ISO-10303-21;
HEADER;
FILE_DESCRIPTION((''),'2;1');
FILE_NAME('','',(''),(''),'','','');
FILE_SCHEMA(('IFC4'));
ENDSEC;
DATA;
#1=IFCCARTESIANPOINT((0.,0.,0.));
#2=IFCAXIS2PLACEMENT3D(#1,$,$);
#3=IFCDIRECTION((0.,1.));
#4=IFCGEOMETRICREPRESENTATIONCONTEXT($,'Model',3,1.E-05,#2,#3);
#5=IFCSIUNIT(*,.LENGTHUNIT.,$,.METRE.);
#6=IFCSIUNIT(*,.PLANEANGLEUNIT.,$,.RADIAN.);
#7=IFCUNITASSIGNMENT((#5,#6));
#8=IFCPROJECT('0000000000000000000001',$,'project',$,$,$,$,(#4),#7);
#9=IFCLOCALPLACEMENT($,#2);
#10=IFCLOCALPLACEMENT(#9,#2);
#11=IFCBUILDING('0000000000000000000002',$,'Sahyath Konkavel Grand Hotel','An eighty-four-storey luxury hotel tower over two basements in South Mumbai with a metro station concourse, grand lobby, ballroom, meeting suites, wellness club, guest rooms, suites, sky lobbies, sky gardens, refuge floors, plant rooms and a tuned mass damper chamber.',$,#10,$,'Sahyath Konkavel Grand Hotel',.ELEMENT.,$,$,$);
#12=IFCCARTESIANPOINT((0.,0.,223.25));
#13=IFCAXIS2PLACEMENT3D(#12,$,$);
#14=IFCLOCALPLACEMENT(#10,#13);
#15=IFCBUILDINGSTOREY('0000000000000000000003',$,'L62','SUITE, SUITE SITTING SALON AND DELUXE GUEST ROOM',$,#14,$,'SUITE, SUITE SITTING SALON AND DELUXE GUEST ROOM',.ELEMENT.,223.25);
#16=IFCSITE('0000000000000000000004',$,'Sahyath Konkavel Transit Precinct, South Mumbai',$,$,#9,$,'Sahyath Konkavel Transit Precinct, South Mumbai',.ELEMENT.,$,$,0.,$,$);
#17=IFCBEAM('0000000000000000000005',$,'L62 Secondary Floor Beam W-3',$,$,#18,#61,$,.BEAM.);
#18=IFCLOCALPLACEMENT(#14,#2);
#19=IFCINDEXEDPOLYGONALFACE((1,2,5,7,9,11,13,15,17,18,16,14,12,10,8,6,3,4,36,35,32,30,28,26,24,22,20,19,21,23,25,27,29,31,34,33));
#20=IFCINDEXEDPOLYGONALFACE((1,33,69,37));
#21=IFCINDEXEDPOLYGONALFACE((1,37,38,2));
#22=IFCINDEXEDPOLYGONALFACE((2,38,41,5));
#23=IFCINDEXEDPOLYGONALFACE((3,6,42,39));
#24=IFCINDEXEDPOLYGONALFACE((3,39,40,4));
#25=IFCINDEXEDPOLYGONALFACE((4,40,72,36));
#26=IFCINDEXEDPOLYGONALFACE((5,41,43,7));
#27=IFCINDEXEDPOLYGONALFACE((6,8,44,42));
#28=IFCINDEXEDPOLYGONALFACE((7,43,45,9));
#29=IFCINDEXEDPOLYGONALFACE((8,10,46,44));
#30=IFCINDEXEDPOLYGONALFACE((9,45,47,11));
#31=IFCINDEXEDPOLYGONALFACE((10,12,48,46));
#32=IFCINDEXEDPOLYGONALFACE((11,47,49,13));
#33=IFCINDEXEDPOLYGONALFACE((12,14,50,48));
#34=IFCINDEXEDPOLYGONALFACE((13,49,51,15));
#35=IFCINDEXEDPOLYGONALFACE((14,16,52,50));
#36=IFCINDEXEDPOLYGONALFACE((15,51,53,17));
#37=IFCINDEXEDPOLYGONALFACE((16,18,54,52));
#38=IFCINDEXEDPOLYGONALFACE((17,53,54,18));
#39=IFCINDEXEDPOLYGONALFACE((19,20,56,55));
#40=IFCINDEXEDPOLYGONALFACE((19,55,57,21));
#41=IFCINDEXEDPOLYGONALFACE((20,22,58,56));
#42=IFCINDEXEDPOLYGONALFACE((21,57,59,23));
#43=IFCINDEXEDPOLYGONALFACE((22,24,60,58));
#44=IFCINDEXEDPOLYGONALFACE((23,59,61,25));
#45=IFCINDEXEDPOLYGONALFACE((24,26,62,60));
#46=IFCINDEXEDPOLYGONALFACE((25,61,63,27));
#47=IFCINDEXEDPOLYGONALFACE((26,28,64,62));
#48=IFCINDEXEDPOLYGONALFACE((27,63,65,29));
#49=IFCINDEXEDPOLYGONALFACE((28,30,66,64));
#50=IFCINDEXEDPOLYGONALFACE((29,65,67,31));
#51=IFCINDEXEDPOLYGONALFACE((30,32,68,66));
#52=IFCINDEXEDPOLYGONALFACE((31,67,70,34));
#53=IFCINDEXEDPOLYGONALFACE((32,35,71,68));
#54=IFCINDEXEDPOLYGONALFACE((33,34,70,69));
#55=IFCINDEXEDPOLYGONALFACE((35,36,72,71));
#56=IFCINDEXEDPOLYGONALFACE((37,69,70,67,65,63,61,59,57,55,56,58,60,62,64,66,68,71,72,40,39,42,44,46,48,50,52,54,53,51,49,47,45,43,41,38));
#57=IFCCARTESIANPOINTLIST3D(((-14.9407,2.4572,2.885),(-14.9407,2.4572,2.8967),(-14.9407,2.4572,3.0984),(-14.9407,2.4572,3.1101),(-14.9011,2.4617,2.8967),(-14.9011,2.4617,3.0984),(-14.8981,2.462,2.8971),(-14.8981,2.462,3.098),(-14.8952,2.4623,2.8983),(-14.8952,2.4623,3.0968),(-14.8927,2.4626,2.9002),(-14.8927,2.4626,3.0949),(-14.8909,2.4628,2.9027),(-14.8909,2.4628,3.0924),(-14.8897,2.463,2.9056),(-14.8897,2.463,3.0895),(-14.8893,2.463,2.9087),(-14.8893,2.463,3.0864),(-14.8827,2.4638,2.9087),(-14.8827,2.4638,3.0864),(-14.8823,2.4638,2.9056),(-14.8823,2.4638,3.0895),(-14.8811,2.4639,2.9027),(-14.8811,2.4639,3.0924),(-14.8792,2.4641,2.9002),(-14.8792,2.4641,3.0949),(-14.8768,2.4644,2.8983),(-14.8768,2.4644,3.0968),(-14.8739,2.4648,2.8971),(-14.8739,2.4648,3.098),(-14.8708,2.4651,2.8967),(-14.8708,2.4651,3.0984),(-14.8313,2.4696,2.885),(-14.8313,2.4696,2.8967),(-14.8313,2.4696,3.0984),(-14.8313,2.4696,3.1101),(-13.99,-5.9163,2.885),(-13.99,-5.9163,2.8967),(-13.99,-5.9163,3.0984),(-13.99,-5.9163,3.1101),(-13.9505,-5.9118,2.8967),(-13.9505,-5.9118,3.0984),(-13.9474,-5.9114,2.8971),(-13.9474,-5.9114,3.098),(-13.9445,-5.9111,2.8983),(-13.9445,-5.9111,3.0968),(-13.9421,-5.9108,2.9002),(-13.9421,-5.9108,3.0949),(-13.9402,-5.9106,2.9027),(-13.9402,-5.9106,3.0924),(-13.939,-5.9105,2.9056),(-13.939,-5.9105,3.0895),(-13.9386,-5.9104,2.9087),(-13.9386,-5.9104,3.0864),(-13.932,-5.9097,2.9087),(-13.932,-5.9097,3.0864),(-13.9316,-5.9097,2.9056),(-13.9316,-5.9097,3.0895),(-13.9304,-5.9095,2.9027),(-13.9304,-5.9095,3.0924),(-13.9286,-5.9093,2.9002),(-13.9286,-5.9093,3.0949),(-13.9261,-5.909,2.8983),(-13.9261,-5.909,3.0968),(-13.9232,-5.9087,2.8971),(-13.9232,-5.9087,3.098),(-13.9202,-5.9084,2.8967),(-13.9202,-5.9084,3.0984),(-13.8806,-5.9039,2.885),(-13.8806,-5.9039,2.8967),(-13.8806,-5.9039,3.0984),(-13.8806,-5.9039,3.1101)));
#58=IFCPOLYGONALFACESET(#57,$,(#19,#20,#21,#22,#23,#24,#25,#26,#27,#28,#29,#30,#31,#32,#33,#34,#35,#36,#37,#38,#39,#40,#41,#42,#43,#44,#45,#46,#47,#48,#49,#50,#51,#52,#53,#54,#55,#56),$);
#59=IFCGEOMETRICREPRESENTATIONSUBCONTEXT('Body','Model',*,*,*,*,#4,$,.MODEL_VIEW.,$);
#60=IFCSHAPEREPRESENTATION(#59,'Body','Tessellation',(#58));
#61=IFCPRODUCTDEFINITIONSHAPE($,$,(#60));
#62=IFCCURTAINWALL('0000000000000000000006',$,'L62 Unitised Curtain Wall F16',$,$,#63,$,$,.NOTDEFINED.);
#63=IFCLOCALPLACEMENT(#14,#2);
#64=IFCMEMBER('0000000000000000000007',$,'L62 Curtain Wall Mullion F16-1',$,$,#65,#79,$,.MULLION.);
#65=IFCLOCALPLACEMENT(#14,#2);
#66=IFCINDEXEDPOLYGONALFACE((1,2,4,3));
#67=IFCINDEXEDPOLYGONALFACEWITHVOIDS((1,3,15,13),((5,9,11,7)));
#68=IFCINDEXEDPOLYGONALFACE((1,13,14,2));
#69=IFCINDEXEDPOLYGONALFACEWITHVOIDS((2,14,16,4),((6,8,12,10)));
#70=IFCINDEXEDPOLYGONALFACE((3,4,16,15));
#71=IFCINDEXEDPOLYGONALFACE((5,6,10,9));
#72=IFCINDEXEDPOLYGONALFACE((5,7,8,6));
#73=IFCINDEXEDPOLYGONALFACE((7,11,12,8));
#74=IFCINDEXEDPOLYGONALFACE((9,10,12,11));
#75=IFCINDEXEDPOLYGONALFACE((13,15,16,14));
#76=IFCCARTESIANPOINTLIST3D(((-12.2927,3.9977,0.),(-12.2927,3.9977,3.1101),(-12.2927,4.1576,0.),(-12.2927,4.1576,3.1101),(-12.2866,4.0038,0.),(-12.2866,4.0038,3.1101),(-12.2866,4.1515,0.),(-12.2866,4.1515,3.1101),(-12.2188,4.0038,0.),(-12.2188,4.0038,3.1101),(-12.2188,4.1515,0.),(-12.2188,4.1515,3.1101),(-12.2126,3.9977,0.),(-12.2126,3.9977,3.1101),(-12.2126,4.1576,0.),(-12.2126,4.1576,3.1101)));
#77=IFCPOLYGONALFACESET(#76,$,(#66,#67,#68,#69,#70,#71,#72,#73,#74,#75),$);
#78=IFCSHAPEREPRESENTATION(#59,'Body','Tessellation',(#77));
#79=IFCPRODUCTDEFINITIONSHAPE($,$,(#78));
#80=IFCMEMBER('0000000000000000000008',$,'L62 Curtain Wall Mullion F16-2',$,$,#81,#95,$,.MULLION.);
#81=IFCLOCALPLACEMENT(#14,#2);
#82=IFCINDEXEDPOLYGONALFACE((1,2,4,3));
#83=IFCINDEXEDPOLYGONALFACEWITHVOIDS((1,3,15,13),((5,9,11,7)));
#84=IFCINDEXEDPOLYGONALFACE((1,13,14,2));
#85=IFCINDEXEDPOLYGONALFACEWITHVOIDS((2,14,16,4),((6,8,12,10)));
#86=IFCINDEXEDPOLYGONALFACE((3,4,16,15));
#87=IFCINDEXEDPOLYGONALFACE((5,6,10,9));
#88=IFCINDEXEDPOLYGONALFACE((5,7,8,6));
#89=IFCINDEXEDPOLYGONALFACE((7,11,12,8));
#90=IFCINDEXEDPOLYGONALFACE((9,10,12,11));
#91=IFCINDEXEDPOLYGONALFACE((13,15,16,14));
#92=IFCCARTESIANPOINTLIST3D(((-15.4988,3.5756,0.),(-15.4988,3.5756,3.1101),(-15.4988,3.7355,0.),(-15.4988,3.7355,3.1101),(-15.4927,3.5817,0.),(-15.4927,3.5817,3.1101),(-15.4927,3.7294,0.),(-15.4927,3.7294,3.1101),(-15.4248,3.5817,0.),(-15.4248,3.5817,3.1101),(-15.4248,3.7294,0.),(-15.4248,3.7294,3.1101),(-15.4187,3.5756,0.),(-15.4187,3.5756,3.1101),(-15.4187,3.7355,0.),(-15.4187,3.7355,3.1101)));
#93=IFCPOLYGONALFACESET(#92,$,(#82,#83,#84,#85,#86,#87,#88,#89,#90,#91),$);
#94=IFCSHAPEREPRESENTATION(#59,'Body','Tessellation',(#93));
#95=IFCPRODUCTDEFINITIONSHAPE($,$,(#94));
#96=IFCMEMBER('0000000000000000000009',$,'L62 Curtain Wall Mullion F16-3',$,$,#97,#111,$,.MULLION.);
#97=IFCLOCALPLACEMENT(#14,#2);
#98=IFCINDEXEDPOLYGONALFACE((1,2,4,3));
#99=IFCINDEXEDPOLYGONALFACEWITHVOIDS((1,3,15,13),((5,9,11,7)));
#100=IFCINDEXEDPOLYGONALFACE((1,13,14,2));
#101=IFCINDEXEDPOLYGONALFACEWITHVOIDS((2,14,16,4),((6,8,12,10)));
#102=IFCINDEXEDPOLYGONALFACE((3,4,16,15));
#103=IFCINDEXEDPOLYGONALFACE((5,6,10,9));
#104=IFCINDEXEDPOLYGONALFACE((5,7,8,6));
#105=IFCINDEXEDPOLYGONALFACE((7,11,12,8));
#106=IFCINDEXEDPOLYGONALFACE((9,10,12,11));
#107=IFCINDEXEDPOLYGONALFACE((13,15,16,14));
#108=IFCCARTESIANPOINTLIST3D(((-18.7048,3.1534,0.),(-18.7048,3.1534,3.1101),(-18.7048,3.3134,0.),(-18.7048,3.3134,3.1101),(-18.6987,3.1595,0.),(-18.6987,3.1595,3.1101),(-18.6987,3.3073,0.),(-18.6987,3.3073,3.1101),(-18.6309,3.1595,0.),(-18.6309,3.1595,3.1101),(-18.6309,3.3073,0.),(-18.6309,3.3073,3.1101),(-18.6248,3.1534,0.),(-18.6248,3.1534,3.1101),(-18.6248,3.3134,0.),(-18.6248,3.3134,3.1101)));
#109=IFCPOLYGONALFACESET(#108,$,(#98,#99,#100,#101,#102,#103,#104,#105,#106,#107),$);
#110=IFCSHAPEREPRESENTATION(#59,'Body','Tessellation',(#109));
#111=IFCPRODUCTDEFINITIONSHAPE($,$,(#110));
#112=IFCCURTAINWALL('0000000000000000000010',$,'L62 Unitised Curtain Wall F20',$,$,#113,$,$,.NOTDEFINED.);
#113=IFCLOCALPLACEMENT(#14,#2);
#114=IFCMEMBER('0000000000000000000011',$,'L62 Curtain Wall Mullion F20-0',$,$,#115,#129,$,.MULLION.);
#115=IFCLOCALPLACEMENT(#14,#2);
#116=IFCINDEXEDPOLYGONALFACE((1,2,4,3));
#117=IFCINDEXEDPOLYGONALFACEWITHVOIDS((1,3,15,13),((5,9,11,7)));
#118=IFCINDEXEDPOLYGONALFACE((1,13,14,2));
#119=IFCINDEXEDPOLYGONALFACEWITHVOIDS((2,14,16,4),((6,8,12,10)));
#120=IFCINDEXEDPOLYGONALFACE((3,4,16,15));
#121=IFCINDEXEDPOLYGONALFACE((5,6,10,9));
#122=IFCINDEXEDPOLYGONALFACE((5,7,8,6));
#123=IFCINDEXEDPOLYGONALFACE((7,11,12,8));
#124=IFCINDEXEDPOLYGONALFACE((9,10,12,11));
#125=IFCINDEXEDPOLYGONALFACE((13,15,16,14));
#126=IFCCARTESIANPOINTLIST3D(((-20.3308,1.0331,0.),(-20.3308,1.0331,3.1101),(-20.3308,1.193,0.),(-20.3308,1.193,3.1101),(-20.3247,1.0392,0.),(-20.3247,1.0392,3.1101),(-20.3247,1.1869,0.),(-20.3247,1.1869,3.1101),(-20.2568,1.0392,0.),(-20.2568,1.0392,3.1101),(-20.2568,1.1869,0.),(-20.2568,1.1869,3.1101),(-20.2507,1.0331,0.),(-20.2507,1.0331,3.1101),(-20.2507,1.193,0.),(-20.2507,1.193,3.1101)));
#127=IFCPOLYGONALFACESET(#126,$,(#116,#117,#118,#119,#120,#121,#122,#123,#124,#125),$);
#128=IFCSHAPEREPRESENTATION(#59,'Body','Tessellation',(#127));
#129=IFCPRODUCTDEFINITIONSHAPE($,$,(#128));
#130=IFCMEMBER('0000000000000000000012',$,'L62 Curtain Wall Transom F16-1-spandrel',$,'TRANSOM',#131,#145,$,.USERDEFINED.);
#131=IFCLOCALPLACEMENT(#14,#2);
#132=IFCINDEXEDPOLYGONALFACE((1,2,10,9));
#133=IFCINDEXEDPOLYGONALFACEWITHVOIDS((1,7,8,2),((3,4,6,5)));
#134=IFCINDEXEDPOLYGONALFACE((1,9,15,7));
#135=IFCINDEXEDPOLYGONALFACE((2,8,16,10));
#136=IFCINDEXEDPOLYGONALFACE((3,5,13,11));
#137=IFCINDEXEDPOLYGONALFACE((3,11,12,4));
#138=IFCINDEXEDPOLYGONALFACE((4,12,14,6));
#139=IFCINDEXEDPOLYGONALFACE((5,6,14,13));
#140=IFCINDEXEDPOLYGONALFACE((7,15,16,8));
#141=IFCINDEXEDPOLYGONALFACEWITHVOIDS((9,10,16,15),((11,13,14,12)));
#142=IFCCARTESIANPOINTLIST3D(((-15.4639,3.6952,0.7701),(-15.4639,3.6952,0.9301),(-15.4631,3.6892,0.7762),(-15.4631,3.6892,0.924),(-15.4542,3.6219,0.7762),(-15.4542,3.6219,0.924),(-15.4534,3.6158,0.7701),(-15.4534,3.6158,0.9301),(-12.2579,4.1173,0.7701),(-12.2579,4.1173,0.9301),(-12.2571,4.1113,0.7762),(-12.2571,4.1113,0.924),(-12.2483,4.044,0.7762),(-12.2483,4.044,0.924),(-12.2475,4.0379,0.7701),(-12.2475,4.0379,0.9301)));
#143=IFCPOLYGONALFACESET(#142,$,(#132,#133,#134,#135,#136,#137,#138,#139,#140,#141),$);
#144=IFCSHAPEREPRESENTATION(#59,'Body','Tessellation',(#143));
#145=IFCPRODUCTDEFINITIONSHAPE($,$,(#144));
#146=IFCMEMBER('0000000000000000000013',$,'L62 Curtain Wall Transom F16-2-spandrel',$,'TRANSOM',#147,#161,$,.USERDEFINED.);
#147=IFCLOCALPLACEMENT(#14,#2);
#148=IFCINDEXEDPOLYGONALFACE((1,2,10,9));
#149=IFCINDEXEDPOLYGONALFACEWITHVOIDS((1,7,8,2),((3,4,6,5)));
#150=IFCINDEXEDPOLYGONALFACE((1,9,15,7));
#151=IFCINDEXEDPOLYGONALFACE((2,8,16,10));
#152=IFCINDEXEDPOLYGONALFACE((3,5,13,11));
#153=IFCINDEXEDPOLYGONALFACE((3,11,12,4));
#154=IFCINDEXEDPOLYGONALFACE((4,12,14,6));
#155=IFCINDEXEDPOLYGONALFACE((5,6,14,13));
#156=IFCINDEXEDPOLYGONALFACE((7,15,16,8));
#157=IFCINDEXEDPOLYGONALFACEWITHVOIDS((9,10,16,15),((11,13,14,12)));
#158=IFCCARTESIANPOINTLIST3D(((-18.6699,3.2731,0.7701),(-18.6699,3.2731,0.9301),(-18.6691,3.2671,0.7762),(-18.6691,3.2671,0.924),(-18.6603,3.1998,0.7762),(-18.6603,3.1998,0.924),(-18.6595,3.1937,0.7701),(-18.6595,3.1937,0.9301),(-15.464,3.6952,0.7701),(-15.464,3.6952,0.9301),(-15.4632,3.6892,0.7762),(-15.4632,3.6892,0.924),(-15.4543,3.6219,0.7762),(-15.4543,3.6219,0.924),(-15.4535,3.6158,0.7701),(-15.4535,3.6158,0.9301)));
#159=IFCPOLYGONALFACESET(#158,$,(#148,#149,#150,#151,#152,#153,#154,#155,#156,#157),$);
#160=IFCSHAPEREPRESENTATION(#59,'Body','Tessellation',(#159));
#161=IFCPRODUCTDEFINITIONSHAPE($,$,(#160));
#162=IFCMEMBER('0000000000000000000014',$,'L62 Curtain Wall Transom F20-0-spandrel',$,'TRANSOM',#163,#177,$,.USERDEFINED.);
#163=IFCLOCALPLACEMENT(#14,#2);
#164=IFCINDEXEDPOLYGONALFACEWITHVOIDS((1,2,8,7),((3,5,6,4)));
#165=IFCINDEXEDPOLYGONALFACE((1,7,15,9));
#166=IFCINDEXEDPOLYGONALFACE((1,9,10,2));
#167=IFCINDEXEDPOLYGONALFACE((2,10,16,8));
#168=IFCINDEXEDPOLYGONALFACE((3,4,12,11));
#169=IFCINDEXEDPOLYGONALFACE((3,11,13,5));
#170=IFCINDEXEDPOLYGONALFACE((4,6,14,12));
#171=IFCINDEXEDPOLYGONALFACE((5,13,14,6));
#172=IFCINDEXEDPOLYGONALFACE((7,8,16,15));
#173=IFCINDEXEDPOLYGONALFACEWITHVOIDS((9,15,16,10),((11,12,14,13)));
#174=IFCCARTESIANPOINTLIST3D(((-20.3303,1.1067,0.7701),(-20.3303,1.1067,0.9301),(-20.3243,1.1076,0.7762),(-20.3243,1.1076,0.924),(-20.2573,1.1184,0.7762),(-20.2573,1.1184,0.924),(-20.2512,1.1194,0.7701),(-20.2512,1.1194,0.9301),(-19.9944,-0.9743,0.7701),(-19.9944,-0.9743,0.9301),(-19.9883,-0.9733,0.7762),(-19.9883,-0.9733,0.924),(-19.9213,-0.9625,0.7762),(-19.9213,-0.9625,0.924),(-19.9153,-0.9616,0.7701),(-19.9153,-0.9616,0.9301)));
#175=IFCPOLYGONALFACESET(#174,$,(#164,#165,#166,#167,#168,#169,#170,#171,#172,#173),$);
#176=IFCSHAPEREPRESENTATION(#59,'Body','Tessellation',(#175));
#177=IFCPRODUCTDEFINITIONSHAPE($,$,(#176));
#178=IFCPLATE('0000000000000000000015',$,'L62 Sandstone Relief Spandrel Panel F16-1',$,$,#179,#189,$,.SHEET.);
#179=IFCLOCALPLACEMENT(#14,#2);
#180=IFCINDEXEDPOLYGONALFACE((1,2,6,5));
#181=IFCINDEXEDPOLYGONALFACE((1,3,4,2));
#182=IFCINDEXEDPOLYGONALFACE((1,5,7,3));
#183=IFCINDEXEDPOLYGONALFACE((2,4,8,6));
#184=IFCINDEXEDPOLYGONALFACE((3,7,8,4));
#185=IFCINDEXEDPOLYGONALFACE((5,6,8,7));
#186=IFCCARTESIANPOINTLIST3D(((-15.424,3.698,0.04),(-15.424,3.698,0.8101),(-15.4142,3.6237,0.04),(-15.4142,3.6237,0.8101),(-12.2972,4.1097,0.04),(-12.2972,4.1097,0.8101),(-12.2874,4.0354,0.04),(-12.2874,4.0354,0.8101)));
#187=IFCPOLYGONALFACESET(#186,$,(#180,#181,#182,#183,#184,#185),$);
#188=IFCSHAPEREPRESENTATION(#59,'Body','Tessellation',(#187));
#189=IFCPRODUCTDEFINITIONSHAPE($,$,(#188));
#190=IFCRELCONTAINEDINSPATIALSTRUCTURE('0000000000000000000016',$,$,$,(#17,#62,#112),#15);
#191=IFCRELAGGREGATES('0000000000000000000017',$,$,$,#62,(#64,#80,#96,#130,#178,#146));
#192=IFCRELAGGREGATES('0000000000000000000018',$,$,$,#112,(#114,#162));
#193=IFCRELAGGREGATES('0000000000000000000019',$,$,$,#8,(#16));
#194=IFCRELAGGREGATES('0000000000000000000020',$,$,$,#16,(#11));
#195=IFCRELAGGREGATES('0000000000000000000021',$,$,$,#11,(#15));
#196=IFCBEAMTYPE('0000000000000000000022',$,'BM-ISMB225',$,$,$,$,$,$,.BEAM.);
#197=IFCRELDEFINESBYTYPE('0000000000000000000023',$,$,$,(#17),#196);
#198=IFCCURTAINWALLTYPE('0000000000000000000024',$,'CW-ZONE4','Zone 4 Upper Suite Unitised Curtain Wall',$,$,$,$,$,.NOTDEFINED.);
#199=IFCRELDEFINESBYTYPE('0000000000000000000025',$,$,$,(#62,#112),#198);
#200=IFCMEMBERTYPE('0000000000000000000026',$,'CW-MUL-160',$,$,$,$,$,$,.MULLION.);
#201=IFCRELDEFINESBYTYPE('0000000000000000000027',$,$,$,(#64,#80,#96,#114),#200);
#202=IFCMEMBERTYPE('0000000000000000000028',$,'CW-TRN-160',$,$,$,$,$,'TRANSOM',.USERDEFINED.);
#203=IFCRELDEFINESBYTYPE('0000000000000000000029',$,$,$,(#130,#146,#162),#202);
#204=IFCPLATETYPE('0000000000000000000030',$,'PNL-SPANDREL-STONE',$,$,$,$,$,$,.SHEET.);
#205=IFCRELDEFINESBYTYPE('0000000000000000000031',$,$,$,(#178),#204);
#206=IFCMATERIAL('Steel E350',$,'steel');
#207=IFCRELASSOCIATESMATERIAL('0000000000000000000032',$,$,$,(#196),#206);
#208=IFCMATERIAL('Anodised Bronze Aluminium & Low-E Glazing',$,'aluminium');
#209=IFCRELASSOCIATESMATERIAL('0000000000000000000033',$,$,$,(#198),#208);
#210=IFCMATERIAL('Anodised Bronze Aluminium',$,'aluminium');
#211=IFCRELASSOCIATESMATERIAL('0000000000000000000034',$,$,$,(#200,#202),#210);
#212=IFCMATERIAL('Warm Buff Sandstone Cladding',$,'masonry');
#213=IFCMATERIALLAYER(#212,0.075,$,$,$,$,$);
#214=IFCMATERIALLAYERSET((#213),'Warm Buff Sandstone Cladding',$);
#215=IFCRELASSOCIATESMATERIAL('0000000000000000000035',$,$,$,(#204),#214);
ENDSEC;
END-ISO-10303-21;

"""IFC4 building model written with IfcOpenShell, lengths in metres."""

from ifc_helpers import new_model, si_unit, direction, frame, origin, origin_2d, place, context, subcontext, project, spatial, rectangle, hollow_rectangle, i_section, extrude, source, transform, mapped, material, layer, layer_set, material_profile, profile_set, type_object, element, aggregate, save


model = new_model("IFC4")

# Units and contexts
model_context = context("Model", 3, precision=1e-05, world=origin(), true_north=direction((0.0, 1.0)))
body_context = subcontext(model_context, "Body", "Model", "MODEL_VIEW")
ifc_project = project(units=[si_unit("LENGTHUNIT", "METRE"), si_unit("PLANEANGLEUNIT", "RADIAN")], contexts=[model_context])

# Site, building, storey
site_placement = place(None, origin())
site = spatial("IfcSite", under=ifc_project, at=site_placement, Name="Sahyath Konkavel Transit Precinct, South Mumbai", LongName="Sahyath Konkavel Transit Precinct, South Mumbai", CompositionType="ELEMENT", RefElevation=0.0)
building_placement = place(site_placement, origin())
building = spatial("IfcBuilding", under=site, at=building_placement, Name="Sahyath Konkavel Grand Hotel", Description="An eighty-four-storey luxury hotel tower over two basements in South Mumbai with a metro station concourse, grand lobby, ballroom, meeting suites, wellness club, guest rooms, suites, sky lobbies, sky gardens, refuge floors, plant rooms and a tuned mass damper chamber.", LongName="Sahyath Konkavel Grand Hotel", CompositionType="ELEMENT")
storey_placement = place(building_placement, frame((0.0, 0.0, 223.25)))
storey = spatial("IfcBuildingStorey", under=building, at=storey_placement, Name="L62", Description="SUITE, SUITE SITTING SALON AND DELUXE GUEST ROOM", LongName="SUITE, SUITE SITTING SALON AND DELUXE GUEST ROOM", CompositionType="ELEMENT", Elevation=223.25)

# Beam
ifc_material_1 = material(Name="Steel E350", Category="steel")
ifc_material_profile_1 = material_profile(ifc_material_1, i_section(OverallWidth=0.1101, OverallDepth=0.2251, WebThickness=0.0066, FlangeThickness=0.0117, FilletRadius=0.012, at=origin_2d()), Name="ISMB 225")
ifc_profile_set_1 = profile_set([ifc_material_profile_1], Name="Steel E350")
beam_type_1 = type_object("IfcBeamType", Name="BM-ISMB225", PredefinedType="BEAM", material=ifc_profile_set_1)
shared_shape_1 = source(origin(), body_context, "Body", "SweptSolid", [
    extrude(i_section(OverallWidth=0.1101, OverallDepth=0.2251, WebThickness=0.0066, FlangeThickness=0.0117, FilletRadius=0.012, at=origin_2d()), origin(), (0.0, 0.0, 1.0), 8.4272),
])
beam_1_placement = place(storey_placement, frame((-14.886, 2.4634, 2.9976), z_axis=(0.11281, -0.993617, 0.0), x_axis=(0.993617, 0.11281, 0.0)))
element("IfcBeam", 1, at=beam_1_placement, inside=storey, type_object=beam_type_1, Name="L62 Secondary Floor Beam W-3", PredefinedType="BEAM", context=body_context, shape_type="MappedRepresentation", body=[
    mapped(shared_shape_1, transform((0.0, 0.0, 0.0), scale=1.0)),
])

# Curtain wall, members
ifc_material_2 = material(Name="Anodised Bronze Aluminium & Low-E Glazing", Category="aluminium")
curtain_wall_type = type_object("IfcCurtainWallType", Name="CW-ZONE4", Description="Zone 4 Upper Suite Unitised Curtain Wall", PredefinedType="NOTDEFINED", material=ifc_material_2)
curtain_wall_1_placement = place(storey_placement, origin())
curtain_wall_1 = element("IfcCurtainWall", 2, at=curtain_wall_1_placement, inside=storey, type_object=curtain_wall_type, Name="L62 Unitised Curtain Wall F16", PredefinedType="NOTDEFINED")
ifc_material_3 = material(Name="Anodised Bronze Aluminium", Category="aluminium")
ifc_material_profile_2 = material_profile(ifc_material_3, hollow_rectangle(XDim=0.0801, YDim=0.1599, WallThickness=0.0061, at=origin_2d()), Name="RHS 160x80x6")
ifc_profile_set_2 = profile_set([ifc_material_profile_2], Name="Anodised Bronze Aluminium")
member_type_1 = type_object("IfcMemberType", Name="CW-MUL-160", PredefinedType="MULLION", material=ifc_profile_set_2)
shared_shape_2 = source(origin(), body_context, "Body", "SweptSolid", [
    extrude(hollow_rectangle(XDim=0.0801, YDim=0.1599, WallThickness=0.0061, at=origin_2d()), origin(), (0.0, 0.0, 1.0), 3.1101),
])
member_1_placement = place(storey_placement, frame((-12.2527, 4.0776, 0.0), z_axis=(0.0, 0.0, 1.0), x_axis=(1.0, 0.0, 0.0)))
member_1 = element("IfcMember", 3, at=member_1_placement, type_object=member_type_1, Name="L62 Curtain Wall Mullion F16-1", PredefinedType="MULLION", context=body_context, shape_type="MappedRepresentation", body=[
    mapped(shared_shape_2, transform((0.0, 0.0, 0.0), scale=1.0)),
])
member_2_placement = place(storey_placement, frame((-15.4587, 3.6555, 0.0), z_axis=(0.0, 0.0, 1.0), x_axis=(1.0, 0.0, 0.0)))
member_2 = element("IfcMember", 4, at=member_2_placement, type_object=member_type_1, Name="L62 Curtain Wall Mullion F16-2", PredefinedType="MULLION", context=body_context, shape_type="MappedRepresentation", body=[
    mapped(shared_shape_2, transform((0.0, 0.0, 0.0), scale=1.0)),
])
member_3_placement = place(storey_placement, frame((-18.6648, 3.2334, 0.0), z_axis=(0.0, 0.0, 1.0), x_axis=(1.0, 0.0, 0.0)))
member_3 = element("IfcMember", 5, at=member_3_placement, type_object=member_type_1, Name="L62 Curtain Wall Mullion F16-3", PredefinedType="MULLION", context=body_context, shape_type="MappedRepresentation", body=[
    mapped(shared_shape_2, transform((0.0, 0.0, 0.0), scale=1.0)),
])

# Curtain wall, member
curtain_wall_2_placement = place(storey_placement, origin())
curtain_wall_2 = element("IfcCurtainWall", 6, at=curtain_wall_2_placement, inside=storey, type_object=curtain_wall_type, Name="L62 Unitised Curtain Wall F20", PredefinedType="NOTDEFINED")
member_4_placement = place(storey_placement, frame((-20.2908, 1.113, 0.0), z_axis=(0.0, 0.0, 1.0), x_axis=(1.0, 0.0, 0.0)))
member_4 = element("IfcMember", 7, at=member_4_placement, type_object=member_type_1, Name="L62 Curtain Wall Mullion F20-0", PredefinedType="MULLION", context=body_context, shape_type="MappedRepresentation", body=[
    mapped(shared_shape_2, transform((0.0, 0.0, 0.0), scale=1.0)),
])

# Members
ifc_material_profile_3 = material_profile(ifc_material_3, hollow_rectangle(XDim=0.0801, YDim=0.1599, WallThickness=0.0061, at=origin_2d()), Name="RHS 160x80x6")
ifc_profile_set_3 = profile_set([ifc_material_profile_3], Name="Anodised Bronze Aluminium")
member_type_2 = type_object("IfcMemberType", Name="CW-TRN-160", ElementType="TRANSOM", PredefinedType="USERDEFINED", material=ifc_profile_set_3)
shared_shape_3 = source(origin(), body_context, "Body", "SweptSolid", [
    extrude(hollow_rectangle(XDim=0.0801, YDim=0.1599, WallThickness=0.0061, at=origin_2d()), origin(), (0.0, 0.0, 1.0), 3.2336),
])
member_5_placement = place(storey_placement, frame((-12.2527, 4.0776, 0.8501), z_axis=(-0.991443, -0.130537, 0.0), x_axis=(0.130537, -0.991443, 0.0)))
member_5 = element("IfcMember", 8, at=member_5_placement, type_object=member_type_2, Name="L62 Curtain Wall Transom F16-1-spandrel", ObjectType="TRANSOM", PredefinedType="USERDEFINED", context=body_context, shape_type="MappedRepresentation", body=[
    mapped(shared_shape_3, transform((0.0, 0.0, 0.0), scale=1.0)),
])
member_6_placement = place(storey_placement, frame((-15.4587, 3.6555, 0.8501), z_axis=(-0.991443, -0.130537, 0.0), x_axis=(0.130537, -0.991443, 0.0)))
member_6 = element("IfcMember", 9, at=member_6_placement, type_object=member_type_2, Name="L62 Curtain Wall Transom F16-2-spandrel", ObjectType="TRANSOM", PredefinedType="USERDEFINED", context=body_context, shape_type="MappedRepresentation", body=[
    mapped(shared_shape_3, transform((0.0, 0.0, 0.0), scale=1.0)),
])
shared_shape_4 = source(origin(), body_context, "Body", "SweptSolid", [
    extrude(hollow_rectangle(XDim=0.0801, YDim=0.1599, WallThickness=0.0061, at=origin_2d()), origin(), (0.0, 0.0, 1.0), 2.1079),
])
member_7_placement = place(storey_placement, frame((-20.2908, 1.113, 0.8501), z_axis=(0.159364, -0.98722, 0.0), x_axis=(0.98722, 0.159364, 0.0)))
member_7 = element("IfcMember", 10, at=member_7_placement, type_object=member_type_2, Name="L62 Curtain Wall Transom F20-0-spandrel", ObjectType="TRANSOM", PredefinedType="USERDEFINED", context=body_context, shape_type="MappedRepresentation", body=[
    mapped(shared_shape_4, transform((0.0, 0.0, 0.0), scale=1.0)),
])

# Plate
ifc_material_4 = material(Name="Warm Buff Sandstone Cladding", Category="masonry")
ifc_layer_1 = layer(ifc_material_4, 0.075)
ifc_layer_set_1 = layer_set([ifc_layer_1], Name="Warm Buff Sandstone Cladding")
plate_type_1 = type_object("IfcPlateType", Name="PNL-SPANDREL-STONE", PredefinedType="SHEET", material=ifc_layer_set_1)
shared_shape_5 = source(origin(), body_context, "Body", "SweptSolid", [
    extrude(rectangle(XDim=3.1538, YDim=0.075, at=origin_2d()), origin(), (0.0, 0.0, 1.0), 0.77),
])
plate_1_placement = place(storey_placement, frame((-13.8557, 3.8667, 0.04), z_axis=(0.0, 0.0, 1.0), x_axis=(-0.991445, -0.130526, 0.0)))
plate_1 = element("IfcPlate", 11, at=plate_1_placement, type_object=plate_type_1, Name="L62 Sandstone Relief Spandrel Panel F16-1", PredefinedType="SHEET", context=body_context, shape_type="MappedRepresentation", body=[
    mapped(shared_shape_5, transform((0.0, 0.0, 0.0), scale=1.0)),
])
aggregate(curtain_wall_1, [member_1, member_2, member_3, member_5, plate_1, member_6])
aggregate(curtain_wall_2, [member_4, member_7])

save(model, "model.ifc")
